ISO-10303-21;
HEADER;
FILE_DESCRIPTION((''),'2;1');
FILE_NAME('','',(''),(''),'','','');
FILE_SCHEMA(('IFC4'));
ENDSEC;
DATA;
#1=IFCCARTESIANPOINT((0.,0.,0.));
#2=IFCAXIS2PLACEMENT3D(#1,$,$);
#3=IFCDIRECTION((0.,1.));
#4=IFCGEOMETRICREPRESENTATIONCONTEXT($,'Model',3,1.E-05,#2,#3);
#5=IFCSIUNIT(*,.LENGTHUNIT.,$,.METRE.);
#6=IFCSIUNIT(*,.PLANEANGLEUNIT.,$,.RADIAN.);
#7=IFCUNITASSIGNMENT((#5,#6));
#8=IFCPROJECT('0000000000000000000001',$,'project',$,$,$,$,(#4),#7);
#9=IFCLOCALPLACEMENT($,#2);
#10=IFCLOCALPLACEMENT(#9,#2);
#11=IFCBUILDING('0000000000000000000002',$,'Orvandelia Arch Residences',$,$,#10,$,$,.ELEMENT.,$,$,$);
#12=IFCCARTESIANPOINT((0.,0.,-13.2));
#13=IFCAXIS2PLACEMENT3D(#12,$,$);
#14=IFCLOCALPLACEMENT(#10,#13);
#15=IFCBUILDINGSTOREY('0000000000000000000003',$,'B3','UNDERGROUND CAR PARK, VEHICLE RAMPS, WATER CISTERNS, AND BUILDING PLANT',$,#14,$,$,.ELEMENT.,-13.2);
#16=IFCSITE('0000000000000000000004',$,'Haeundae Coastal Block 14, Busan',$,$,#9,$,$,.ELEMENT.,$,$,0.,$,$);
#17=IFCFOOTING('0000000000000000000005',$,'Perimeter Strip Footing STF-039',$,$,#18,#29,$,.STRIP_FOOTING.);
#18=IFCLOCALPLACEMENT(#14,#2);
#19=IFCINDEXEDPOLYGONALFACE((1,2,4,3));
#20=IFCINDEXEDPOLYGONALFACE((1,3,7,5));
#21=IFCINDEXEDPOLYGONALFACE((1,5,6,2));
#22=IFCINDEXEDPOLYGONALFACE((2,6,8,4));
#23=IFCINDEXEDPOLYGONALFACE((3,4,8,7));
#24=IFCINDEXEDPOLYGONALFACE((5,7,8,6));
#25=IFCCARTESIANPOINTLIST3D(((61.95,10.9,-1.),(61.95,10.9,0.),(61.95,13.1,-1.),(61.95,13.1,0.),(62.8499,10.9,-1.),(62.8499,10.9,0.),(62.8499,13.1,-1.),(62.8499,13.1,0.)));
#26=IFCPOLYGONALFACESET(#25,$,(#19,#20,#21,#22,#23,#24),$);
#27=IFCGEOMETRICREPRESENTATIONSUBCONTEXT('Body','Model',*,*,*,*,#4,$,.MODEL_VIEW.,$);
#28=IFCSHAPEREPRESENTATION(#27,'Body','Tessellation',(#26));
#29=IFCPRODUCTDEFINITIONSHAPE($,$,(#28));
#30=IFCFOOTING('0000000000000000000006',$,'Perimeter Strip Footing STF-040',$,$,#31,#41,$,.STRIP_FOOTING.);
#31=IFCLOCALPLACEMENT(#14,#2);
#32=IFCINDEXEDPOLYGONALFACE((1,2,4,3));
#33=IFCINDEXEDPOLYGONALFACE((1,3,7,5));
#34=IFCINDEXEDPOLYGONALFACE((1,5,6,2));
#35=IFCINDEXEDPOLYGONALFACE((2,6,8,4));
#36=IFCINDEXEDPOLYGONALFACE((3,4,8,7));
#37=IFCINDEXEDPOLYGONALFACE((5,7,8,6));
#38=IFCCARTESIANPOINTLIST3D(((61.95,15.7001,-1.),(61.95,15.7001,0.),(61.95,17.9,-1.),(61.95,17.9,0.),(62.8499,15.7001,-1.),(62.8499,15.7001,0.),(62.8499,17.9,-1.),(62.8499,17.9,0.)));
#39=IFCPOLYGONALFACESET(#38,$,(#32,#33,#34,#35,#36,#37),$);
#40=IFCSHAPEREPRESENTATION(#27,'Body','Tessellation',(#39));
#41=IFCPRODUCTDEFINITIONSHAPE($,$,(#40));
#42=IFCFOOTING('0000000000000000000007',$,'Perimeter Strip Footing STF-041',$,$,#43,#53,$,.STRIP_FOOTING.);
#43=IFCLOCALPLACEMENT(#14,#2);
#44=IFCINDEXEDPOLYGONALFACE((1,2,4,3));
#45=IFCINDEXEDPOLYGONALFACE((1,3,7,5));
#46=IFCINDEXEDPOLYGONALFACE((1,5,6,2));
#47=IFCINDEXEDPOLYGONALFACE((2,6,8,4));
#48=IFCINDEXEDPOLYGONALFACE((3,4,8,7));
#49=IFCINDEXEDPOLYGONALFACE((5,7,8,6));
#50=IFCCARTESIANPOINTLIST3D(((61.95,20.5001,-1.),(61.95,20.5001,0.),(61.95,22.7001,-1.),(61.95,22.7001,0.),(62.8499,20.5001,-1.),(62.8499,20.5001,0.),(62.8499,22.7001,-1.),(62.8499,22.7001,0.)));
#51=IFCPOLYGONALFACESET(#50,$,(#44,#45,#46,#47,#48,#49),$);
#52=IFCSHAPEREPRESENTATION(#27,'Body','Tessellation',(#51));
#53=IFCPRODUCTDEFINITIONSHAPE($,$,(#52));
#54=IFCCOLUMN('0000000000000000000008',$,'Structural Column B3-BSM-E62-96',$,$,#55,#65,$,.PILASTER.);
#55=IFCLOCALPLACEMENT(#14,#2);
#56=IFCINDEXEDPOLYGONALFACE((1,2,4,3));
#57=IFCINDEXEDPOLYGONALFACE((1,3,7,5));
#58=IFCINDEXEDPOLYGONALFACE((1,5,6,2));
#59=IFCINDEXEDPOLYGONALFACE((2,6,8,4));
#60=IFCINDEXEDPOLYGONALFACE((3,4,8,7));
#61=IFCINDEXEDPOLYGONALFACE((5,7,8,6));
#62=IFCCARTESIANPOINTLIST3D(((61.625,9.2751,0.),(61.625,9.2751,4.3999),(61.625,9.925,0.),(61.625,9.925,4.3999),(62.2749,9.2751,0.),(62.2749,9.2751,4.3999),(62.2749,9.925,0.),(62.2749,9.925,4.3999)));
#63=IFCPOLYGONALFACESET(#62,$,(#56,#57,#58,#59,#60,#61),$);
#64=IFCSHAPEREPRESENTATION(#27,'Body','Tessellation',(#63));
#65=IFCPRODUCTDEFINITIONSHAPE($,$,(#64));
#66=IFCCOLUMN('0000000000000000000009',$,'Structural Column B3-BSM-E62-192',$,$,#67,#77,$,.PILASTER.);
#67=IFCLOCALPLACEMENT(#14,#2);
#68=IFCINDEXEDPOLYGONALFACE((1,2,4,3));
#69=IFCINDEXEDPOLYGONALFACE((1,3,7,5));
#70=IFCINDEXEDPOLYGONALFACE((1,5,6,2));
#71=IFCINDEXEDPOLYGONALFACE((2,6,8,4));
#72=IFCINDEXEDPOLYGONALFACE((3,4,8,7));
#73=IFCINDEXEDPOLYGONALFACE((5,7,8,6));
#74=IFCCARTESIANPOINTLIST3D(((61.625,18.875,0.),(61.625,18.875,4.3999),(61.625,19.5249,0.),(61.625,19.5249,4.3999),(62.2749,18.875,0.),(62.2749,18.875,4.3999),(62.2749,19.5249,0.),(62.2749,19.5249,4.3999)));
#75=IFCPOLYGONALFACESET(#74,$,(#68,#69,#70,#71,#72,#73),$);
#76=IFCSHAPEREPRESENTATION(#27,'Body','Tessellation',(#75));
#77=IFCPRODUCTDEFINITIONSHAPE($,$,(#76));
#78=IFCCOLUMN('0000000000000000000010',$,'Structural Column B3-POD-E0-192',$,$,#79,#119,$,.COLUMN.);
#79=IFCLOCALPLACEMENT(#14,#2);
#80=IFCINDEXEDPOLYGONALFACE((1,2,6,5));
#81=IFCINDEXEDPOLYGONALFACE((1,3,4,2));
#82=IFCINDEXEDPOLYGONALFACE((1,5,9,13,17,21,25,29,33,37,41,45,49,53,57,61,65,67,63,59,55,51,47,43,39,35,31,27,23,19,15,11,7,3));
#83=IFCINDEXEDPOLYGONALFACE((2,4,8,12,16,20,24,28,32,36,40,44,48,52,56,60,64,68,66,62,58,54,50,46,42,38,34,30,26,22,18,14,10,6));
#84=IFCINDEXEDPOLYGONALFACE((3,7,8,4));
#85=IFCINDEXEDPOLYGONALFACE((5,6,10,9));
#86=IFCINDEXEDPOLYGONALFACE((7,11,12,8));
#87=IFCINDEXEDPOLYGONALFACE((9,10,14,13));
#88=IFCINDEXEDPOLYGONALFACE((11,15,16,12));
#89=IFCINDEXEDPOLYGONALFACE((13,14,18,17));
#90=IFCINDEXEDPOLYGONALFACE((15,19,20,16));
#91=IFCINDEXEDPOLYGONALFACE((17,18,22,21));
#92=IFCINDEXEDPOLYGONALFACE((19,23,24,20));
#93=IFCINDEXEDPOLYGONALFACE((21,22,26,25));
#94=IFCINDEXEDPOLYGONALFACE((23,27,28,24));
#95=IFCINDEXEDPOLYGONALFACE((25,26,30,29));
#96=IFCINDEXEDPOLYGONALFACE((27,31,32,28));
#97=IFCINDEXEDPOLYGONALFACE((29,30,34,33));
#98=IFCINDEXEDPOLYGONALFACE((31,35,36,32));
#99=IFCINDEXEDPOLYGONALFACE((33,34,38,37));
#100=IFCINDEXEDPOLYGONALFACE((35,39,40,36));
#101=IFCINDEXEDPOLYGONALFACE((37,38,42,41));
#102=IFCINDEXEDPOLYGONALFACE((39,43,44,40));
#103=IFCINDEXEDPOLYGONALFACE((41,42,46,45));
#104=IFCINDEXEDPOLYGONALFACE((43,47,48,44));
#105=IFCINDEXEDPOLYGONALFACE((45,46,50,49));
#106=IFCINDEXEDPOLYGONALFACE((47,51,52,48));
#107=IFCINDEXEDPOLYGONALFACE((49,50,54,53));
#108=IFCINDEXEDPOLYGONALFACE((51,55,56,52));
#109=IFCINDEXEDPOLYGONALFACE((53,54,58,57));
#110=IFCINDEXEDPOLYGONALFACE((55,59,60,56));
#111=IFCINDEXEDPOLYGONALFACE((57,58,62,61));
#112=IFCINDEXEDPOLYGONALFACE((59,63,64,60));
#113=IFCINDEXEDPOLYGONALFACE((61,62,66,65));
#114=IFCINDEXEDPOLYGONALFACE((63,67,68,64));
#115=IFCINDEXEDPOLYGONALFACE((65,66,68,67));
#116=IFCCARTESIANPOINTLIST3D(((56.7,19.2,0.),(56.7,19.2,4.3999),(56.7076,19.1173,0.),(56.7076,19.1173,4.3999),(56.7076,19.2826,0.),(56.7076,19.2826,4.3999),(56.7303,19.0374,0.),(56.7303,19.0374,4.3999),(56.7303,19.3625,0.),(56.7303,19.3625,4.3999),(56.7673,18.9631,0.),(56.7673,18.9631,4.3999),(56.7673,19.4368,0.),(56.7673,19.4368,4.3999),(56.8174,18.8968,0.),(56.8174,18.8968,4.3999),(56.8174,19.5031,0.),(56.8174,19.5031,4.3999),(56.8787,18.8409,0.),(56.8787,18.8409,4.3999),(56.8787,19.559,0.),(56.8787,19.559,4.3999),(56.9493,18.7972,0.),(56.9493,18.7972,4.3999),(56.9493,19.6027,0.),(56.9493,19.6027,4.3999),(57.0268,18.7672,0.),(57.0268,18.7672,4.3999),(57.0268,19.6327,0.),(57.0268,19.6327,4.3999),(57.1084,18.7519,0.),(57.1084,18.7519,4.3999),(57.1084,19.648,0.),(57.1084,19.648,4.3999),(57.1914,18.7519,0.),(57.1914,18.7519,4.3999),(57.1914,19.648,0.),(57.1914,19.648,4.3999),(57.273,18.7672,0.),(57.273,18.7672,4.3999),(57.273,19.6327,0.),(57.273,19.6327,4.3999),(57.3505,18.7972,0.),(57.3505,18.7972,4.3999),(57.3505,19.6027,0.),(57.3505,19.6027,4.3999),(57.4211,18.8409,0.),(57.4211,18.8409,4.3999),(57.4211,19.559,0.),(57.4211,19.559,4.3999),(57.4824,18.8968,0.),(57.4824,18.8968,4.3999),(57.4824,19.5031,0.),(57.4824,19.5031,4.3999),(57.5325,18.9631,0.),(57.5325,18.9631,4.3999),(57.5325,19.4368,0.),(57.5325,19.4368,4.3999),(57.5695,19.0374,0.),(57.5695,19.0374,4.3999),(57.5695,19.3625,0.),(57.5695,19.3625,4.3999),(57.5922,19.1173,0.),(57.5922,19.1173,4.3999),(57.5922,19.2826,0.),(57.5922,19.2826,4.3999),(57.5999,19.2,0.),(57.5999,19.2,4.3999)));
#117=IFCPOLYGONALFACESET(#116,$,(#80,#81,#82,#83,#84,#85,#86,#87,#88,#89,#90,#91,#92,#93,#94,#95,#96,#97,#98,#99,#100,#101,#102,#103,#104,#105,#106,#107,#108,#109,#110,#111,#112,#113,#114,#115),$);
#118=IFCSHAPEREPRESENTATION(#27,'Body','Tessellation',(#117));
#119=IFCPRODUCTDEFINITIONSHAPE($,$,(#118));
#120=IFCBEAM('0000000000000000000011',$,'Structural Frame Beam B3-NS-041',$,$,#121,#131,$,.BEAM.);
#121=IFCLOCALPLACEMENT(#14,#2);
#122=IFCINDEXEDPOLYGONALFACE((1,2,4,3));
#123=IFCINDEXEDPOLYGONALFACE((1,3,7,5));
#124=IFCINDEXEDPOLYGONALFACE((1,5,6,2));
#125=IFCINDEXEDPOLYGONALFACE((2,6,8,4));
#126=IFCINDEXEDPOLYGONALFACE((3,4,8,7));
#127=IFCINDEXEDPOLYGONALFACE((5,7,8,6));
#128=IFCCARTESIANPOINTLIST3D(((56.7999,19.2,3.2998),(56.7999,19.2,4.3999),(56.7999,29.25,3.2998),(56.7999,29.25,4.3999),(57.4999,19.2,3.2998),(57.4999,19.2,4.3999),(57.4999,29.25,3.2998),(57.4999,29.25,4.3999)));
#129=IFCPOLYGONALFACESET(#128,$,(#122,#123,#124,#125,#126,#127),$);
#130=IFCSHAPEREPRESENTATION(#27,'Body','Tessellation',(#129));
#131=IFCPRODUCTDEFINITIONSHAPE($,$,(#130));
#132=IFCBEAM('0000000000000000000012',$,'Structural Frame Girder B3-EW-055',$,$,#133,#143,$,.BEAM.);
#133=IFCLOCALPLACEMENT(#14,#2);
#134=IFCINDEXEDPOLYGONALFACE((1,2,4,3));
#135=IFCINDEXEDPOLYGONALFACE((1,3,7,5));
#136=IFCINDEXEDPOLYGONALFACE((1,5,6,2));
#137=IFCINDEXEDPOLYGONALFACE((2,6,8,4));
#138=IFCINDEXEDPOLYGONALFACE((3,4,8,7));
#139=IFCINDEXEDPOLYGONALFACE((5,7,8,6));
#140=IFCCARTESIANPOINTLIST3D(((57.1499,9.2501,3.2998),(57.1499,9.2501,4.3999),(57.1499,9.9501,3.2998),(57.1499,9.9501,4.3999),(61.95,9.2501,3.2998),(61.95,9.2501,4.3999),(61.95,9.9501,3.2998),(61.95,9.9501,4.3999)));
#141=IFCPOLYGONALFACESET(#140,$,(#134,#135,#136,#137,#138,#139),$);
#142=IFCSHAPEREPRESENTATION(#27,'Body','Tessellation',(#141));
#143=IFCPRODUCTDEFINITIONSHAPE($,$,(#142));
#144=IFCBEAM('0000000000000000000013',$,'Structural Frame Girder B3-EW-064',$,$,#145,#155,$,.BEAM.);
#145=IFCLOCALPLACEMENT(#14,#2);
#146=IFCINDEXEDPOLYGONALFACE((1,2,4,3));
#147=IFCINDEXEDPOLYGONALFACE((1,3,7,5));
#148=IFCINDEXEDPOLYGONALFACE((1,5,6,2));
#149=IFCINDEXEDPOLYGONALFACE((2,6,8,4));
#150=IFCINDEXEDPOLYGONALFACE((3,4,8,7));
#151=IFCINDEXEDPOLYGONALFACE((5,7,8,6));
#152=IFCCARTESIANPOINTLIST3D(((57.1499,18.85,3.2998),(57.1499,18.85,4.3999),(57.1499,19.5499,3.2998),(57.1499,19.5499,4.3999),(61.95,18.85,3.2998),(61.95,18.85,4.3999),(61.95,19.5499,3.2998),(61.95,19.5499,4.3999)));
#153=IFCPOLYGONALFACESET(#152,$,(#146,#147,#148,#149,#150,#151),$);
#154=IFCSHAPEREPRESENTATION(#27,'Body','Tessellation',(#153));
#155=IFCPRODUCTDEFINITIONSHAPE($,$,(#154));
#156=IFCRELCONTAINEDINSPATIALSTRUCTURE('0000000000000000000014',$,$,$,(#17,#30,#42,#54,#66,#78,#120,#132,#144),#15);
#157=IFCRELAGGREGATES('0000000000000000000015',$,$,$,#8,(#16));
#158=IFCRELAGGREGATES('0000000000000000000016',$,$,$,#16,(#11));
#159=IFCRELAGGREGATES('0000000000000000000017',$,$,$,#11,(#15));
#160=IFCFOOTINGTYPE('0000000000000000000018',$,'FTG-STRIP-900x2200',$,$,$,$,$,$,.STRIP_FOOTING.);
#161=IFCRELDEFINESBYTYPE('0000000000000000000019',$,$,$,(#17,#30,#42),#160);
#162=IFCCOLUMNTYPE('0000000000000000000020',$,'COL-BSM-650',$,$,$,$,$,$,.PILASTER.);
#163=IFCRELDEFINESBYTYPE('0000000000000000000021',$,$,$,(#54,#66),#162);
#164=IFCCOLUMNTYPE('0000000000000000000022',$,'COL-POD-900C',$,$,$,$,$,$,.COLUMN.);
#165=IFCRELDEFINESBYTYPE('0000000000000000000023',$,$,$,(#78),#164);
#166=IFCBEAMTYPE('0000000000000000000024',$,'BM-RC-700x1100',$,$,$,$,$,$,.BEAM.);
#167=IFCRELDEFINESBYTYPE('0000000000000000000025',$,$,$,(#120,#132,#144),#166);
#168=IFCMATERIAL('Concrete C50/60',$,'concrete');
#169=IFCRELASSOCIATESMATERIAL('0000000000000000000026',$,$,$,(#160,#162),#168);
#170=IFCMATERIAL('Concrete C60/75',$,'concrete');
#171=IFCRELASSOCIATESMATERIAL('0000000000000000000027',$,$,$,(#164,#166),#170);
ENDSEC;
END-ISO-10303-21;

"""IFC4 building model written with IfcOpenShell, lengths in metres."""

from ifc_helpers import new_model, si_unit, direction, frame, origin, origin_2d, place, context, subcontext, project, spatial, rectangle, circle, extrude, material, material_profile, profile_set, type_object, element, save


model = new_model("IFC4")

# Units and contexts
model_context = context("Model", 3, precision=1e-05, world=origin(), true_north=direction((0.0, 1.0)))
body_context = subcontext(model_context, "Body", "Model", "MODEL_VIEW")
ifc_project = project(units=[si_unit("LENGTHUNIT", "METRE"), si_unit("PLANEANGLEUNIT", "RADIAN")], contexts=[model_context])

# Site, building, storey
site_placement = place(None, origin())
site = spatial("IfcSite", under=ifc_project, at=site_placement, Name="Haeundae Coastal Block 14, Busan", CompositionType="ELEMENT", RefElevation=0.0)
building_placement = place(site_placement, origin())
building = spatial("IfcBuilding", under=site, at=building_placement, Name="Orvandelia Arch Residences", CompositionType="ELEMENT")
storey_placement = place(building_placement, frame((0.0, 0.0, -13.2)))
storey = spatial("IfcBuildingStorey", under=building, at=storey_placement, Name="B3", Description="UNDERGROUND CAR PARK, VEHICLE RAMPS, WATER CISTERNS, AND BUILDING PLANT", CompositionType="ELEMENT", Elevation=-13.2)

# Footings
ifc_material_1 = material(Name="Concrete C50/60", Category="concrete")
footing_type_1 = type_object("IfcFootingType", Name="FTG-STRIP-900x2200", PredefinedType="STRIP_FOOTING", material=ifc_material_1)
for number, where, z_axis, x_axis, name in (
    (1, (62.3999, 12.0, -1.0), (0.0, 0.0, 1.0), (1.0, 0.0, 0.0), "Perimeter Strip Footing STF-039"),
    (2, (62.3999, 16.8, -1.0), (0.0, 0.0, 1.0), (1.0, 0.0, 0.0), "Perimeter Strip Footing STF-040"),
    (3, (62.3999, 21.6001, -1.0), (0.0, 0.0, 1.0), (1.0, 0.0, 0.0), "Perimeter Strip Footing STF-041"),
):
    element("IfcFooting", number, at=place(storey_placement, frame(where, z_axis=z_axis, x_axis=x_axis)), inside=storey, type_object=footing_type_1, Name=name, PredefinedType="STRIP_FOOTING", context=body_context, shape_type="SweptSolid", body=[
        extrude(rectangle(XDim=0.8999, YDim=2.2, at=origin_2d()), origin(), (0.0, 0.0, 1.0), 1.0),
    ])

# Columns
ifc_material_profile_1 = material_profile(ifc_material_1, rectangle(XDim=0.6499, YDim=0.6499, at=origin_2d()), Name="Concrete C50/60", Category="concrete")
ifc_profile_set_1 = profile_set([ifc_material_profile_1], Name="Concrete C50/60")
column_type_1 = type_object("IfcColumnType", Name="COL-BSM-650", PredefinedType="PILASTER", material=ifc_profile_set_1)
for number, where, z_axis, x_axis, name in (
    (4, (61.95, 9.6001, 0.0), (0.0, 0.0, 1.0), (1.0, 0.0, 0.0), "Structural Column B3-BSM-E62-96"),
    (5, (61.95, 19.2, 0.0), (0.0, 0.0, 1.0), (1.0, 0.0, 0.0), "Structural Column B3-BSM-E62-192"),
):
    element("IfcColumn", number, at=place(storey_placement, frame(where, z_axis=z_axis, x_axis=x_axis)), inside=storey, type_object=column_type_1, Name=name, PredefinedType="PILASTER", context=body_context, shape_type="SweptSolid", body=[
        extrude(rectangle(XDim=0.6499, YDim=0.6499, at=origin_2d()), origin(), (0.0, 0.0, 1.0), 4.3999),
    ])
ifc_material_2 = material(Name="Concrete C60/75", Category="concrete")
ifc_material_profile_2 = material_profile(ifc_material_2, circle(Radius=0.45, at=origin_2d()), Name="Concrete C60/75", Category="concrete")
ifc_profile_set_2 = profile_set([ifc_material_profile_2], Name="Concrete C60/75")
column_type_2 = type_object("IfcColumnType", Name="COL-POD-900C", PredefinedType="COLUMN", material=ifc_profile_set_2)
column_placement = place(storey_placement, frame((57.1499, 19.2, 0.0), z_axis=(0.0, 0.0, 1.0), x_axis=(1.0, 0.0, 0.0)))
element("IfcColumn", 6, at=column_placement, inside=storey, type_object=column_type_2, Name="Structural Column B3-POD-E0-192", PredefinedType="COLUMN", context=body_context, shape_type="SweptSolid", body=[
    extrude(circle(Radius=0.45, at=origin_2d()), origin(), (0.0, 0.0, 1.0), 4.3999),
])

# Beams
ifc_material_profile_3 = material_profile(ifc_material_2, rectangle(XDim=0.7, YDim=1.1001, at=origin_2d()), Name="Concrete C60/75", Category="concrete")
ifc_profile_set_3 = profile_set([ifc_material_profile_3], Name="Concrete C60/75")
beam_type = type_object("IfcBeamType", Name="BM-RC-700x1100", PredefinedType="BEAM", material=ifc_profile_set_3)
beam_placement = place(storey_placement, frame((57.1499, 19.2, 3.8499), z_axis=(0.0, 1.0, 0.0), x_axis=(-1.0, 0.0, 0.0)))
element("IfcBeam", 7, at=beam_placement, inside=storey, type_object=beam_type, Name="Structural Frame Beam B3-NS-041", PredefinedType="BEAM", context=body_context, shape_type="SweptSolid", body=[
    extrude(rectangle(XDim=0.7, YDim=1.1001, at=origin_2d()), origin(), (0.0, 0.0, 1.0), 10.05),
])
for number, where, z_axis, x_axis, name in (
    (8, (57.1499, 9.6001, 3.8499), (1.0, 0.0, 0.0), (0.0, 1.0, 0.0), "Structural Frame Girder B3-EW-055"),
    (9, (57.1499, 19.2, 3.8499), (1.0, 0.0, 0.0), (0.0, 1.0, 0.0), "Structural Frame Girder B3-EW-064"),
):
    element("IfcBeam", number, at=place(storey_placement, frame(where, z_axis=z_axis, x_axis=x_axis)), inside=storey, type_object=beam_type, Name=name, PredefinedType="BEAM", context=body_context, shape_type="SweptSolid", body=[
        extrude(rectangle(XDim=0.7, YDim=1.1001, at=origin_2d()), origin(), (0.0, 0.0, 1.0), 4.8),
    ])

save(model, "model.ifc")
